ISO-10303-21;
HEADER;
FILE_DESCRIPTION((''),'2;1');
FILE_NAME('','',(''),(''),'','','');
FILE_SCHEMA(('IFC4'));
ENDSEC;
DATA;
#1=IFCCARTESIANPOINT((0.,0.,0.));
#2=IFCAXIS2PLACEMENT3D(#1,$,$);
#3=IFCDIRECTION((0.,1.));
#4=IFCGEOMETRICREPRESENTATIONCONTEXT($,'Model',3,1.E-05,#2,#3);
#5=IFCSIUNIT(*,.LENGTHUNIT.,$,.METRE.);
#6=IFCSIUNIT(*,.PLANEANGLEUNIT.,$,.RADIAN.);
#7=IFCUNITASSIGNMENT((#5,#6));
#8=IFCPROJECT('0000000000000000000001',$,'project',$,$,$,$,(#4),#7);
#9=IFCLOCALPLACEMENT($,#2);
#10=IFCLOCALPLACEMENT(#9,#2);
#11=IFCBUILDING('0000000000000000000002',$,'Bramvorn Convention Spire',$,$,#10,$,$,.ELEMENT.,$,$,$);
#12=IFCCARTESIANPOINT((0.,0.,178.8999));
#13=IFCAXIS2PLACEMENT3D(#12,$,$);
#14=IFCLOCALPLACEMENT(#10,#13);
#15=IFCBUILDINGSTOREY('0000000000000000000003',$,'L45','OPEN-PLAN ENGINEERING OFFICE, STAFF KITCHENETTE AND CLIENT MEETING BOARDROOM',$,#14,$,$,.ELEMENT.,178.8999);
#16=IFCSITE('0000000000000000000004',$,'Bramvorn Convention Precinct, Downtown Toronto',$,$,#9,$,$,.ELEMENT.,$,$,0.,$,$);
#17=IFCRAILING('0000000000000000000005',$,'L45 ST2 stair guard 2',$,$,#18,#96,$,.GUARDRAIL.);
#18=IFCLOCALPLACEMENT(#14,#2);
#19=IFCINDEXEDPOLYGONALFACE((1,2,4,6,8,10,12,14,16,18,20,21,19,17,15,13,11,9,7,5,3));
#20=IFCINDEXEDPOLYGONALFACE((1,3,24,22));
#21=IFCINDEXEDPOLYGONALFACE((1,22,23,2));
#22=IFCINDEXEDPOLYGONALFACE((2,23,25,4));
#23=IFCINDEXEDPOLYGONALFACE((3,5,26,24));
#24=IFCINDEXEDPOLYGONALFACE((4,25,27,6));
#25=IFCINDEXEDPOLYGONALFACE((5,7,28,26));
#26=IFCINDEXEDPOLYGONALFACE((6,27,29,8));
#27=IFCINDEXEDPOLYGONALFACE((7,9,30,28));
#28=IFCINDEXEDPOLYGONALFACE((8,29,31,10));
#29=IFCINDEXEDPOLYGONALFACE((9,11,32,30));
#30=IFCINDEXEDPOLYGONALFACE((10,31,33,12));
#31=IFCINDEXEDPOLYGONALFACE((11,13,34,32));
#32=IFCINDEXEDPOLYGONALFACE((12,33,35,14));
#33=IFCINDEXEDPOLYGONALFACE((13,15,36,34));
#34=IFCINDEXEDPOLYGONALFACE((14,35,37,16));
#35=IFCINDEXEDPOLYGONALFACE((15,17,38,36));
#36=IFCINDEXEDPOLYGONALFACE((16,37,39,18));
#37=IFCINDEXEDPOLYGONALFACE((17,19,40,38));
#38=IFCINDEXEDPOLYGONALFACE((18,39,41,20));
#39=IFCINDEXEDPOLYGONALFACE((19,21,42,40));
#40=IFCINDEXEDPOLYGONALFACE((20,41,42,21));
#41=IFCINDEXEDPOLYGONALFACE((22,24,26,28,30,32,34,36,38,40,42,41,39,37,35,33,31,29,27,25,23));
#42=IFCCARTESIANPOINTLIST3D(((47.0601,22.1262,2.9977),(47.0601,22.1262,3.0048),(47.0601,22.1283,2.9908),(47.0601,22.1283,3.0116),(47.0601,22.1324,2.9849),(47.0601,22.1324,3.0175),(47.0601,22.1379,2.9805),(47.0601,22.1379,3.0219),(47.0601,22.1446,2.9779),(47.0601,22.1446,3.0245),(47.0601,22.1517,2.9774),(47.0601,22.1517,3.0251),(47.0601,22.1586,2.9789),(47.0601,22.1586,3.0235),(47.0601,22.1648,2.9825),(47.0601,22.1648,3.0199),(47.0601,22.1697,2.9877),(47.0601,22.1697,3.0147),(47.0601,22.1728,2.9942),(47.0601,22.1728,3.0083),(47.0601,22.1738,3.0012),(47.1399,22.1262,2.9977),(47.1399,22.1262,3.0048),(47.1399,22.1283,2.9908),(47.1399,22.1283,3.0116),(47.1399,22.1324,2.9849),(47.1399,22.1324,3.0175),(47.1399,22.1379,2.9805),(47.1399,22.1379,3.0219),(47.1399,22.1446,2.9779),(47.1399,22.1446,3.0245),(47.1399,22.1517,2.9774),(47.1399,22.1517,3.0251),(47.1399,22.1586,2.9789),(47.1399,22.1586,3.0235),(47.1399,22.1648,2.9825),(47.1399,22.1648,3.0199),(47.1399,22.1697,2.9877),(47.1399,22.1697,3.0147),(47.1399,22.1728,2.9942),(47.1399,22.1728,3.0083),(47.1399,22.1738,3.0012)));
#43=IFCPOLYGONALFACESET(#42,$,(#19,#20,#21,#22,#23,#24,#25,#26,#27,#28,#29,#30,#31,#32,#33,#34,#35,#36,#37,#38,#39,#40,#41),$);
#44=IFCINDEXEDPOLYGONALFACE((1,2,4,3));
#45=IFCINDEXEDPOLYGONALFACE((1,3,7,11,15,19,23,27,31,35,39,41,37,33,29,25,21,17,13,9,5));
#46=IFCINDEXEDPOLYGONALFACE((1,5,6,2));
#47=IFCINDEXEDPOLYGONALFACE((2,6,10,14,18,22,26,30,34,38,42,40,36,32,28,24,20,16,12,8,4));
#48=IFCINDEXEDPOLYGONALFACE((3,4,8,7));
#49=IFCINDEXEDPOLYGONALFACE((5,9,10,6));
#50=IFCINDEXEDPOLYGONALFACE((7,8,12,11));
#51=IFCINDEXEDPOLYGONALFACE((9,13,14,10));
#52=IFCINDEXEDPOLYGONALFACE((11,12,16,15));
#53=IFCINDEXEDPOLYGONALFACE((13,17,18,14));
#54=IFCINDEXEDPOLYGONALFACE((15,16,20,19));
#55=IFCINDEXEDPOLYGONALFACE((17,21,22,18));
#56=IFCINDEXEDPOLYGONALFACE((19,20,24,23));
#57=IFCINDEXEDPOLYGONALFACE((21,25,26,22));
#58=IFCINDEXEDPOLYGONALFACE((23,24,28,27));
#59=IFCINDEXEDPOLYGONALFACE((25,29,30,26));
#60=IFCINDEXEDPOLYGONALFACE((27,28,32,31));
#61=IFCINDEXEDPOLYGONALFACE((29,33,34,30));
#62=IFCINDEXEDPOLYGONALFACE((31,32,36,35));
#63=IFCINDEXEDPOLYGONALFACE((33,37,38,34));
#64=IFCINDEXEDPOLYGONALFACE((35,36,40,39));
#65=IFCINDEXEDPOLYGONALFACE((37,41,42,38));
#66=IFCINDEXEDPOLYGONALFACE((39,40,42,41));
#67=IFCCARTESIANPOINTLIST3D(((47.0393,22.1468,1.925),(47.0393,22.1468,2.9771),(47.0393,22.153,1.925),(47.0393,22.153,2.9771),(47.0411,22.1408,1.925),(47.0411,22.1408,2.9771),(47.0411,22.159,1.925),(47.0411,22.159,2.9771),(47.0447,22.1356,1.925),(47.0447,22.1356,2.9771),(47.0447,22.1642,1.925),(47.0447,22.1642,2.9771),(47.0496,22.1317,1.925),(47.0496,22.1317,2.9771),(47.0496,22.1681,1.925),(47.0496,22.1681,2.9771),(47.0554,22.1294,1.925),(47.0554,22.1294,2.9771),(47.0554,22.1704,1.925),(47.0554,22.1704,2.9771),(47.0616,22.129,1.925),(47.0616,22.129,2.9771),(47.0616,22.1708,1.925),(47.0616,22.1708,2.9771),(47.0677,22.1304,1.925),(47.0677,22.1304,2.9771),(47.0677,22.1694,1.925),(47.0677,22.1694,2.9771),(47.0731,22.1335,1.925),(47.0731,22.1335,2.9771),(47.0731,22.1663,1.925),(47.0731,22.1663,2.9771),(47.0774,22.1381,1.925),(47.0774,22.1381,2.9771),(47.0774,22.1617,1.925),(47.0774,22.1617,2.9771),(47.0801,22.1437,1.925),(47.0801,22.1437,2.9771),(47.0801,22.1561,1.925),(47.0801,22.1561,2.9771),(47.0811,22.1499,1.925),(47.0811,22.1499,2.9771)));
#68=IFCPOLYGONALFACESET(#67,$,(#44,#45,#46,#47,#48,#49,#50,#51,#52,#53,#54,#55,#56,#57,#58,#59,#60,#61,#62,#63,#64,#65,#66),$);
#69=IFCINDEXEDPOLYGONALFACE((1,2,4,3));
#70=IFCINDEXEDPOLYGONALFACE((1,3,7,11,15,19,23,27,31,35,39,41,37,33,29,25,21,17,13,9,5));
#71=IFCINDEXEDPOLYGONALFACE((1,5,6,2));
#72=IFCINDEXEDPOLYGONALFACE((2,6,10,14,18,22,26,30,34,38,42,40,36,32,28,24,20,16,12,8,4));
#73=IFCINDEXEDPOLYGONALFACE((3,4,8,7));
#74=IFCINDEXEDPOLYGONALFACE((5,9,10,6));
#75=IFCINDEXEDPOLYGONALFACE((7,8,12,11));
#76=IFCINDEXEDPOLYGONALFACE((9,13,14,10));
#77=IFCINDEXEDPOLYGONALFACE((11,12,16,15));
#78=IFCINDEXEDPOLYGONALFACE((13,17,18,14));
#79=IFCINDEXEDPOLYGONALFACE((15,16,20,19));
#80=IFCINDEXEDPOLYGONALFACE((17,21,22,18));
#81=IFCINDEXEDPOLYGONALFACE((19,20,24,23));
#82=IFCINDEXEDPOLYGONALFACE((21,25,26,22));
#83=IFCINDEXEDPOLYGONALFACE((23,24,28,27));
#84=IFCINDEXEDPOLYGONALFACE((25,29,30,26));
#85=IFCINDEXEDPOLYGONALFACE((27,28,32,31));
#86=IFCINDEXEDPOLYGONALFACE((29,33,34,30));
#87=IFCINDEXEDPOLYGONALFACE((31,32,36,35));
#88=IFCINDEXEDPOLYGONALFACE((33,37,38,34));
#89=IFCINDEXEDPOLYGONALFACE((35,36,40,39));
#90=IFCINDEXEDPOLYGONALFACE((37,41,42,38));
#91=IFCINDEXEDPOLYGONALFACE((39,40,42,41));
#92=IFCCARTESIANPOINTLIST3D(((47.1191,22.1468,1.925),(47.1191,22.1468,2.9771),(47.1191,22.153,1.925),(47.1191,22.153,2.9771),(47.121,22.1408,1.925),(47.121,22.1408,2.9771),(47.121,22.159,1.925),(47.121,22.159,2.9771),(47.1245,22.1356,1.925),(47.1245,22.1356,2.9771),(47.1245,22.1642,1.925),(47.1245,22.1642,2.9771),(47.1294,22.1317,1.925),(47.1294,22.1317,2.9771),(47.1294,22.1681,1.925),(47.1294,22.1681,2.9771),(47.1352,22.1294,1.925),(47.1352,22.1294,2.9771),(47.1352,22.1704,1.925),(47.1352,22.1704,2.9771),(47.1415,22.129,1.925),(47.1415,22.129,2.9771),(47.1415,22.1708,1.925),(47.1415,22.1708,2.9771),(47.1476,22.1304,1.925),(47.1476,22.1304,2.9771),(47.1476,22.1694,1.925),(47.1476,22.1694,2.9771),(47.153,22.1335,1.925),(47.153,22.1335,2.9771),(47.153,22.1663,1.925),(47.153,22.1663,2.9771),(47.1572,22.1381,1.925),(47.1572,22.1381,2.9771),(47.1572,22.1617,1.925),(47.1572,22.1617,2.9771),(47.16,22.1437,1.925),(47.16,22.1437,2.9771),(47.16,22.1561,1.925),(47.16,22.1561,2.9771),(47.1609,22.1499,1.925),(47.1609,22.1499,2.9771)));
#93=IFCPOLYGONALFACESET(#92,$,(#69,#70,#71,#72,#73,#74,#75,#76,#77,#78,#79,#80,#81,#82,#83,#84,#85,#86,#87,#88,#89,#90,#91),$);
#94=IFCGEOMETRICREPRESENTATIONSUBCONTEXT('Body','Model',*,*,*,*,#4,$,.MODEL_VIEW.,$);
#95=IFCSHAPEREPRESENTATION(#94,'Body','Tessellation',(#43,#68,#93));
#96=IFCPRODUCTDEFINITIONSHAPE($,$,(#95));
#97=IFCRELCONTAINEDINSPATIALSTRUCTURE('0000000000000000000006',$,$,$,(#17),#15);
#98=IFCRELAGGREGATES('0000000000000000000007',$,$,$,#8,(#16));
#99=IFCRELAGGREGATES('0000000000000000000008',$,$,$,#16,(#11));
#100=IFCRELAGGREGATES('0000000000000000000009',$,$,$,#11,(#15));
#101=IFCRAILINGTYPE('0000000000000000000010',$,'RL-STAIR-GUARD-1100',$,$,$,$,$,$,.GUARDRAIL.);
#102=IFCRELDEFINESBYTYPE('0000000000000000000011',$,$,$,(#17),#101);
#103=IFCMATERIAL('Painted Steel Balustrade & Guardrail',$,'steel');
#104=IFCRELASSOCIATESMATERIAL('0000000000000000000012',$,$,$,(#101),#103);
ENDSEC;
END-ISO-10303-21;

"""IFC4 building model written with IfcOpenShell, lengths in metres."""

from ifc_helpers import new_model, si_unit, direction, frame, origin, origin_2d, place, context, subcontext, project, spatial, circle, extrude, material, type_object, element, save


model = new_model("IFC4")

# Units and contexts
model_context = context("Model", 3, precision=1e-05, world=origin(), true_north=direction((0.0, 1.0)))
body_context = subcontext(model_context, "Body", "Model", "MODEL_VIEW")
ifc_project = project(units=[si_unit("LENGTHUNIT", "METRE"), si_unit("PLANEANGLEUNIT", "RADIAN")], contexts=[model_context])

# Site, building, storey
site_placement = place(None, origin())
site = spatial("IfcSite", under=ifc_project, at=site_placement, Name="Bramvorn Convention Precinct, Downtown Toronto", CompositionType="ELEMENT", RefElevation=0.0)
building_placement = place(site_placement, origin())
building = spatial("IfcBuilding", under=site, at=building_placement, Name="Bramvorn Convention Spire", CompositionType="ELEMENT")
storey_placement = place(building_placement, frame((0.0, 0.0, 178.8999)))
storey = spatial("IfcBuildingStorey", under=building, at=storey_placement, Name="L45", Description="OPEN-PLAN ENGINEERING OFFICE, STAFF KITCHENETTE AND CLIENT MEETING BOARDROOM", CompositionType="ELEMENT", Elevation=178.8999)

# Railing
ifc_material_1 = material(Name="Painted Steel Balustrade & Guardrail", Category="steel")
railing_type = type_object("IfcRailingType", Name="RL-STAIR-GUARD-1100", PredefinedType="GUARDRAIL", material=ifc_material_1)
railing_1_placement = place(storey_placement, frame((47.0601, 22.1499, 1.925)))
element("IfcRailing", 1, at=railing_1_placement, inside=storey, type_object=railing_type, Name="L45 ST2 stair guard 2", PredefinedType="GUARDRAIL", context=body_context, shape_type="SweptSolid", body=[
    extrude(circle(Radius=0.0239, at=origin_2d()), frame((0.0, 0.0, 1.0762), z_axis=(1.0, 0.0, 0.0), x_axis=(0.0, 1.0, 0.0)), (0.0, 0.0, 1.0), 0.0798),
    extrude(circle(Radius=0.021, at=origin_2d()), origin(), (0.0, 0.0, 1.0), 1.052),
    extrude(circle(Radius=0.021, at=origin_2d()), frame((0.0798, 0.0, 0.0)), (0.0, 0.0, 1.0), 1.052),
])

save(model, "model.ifc")
